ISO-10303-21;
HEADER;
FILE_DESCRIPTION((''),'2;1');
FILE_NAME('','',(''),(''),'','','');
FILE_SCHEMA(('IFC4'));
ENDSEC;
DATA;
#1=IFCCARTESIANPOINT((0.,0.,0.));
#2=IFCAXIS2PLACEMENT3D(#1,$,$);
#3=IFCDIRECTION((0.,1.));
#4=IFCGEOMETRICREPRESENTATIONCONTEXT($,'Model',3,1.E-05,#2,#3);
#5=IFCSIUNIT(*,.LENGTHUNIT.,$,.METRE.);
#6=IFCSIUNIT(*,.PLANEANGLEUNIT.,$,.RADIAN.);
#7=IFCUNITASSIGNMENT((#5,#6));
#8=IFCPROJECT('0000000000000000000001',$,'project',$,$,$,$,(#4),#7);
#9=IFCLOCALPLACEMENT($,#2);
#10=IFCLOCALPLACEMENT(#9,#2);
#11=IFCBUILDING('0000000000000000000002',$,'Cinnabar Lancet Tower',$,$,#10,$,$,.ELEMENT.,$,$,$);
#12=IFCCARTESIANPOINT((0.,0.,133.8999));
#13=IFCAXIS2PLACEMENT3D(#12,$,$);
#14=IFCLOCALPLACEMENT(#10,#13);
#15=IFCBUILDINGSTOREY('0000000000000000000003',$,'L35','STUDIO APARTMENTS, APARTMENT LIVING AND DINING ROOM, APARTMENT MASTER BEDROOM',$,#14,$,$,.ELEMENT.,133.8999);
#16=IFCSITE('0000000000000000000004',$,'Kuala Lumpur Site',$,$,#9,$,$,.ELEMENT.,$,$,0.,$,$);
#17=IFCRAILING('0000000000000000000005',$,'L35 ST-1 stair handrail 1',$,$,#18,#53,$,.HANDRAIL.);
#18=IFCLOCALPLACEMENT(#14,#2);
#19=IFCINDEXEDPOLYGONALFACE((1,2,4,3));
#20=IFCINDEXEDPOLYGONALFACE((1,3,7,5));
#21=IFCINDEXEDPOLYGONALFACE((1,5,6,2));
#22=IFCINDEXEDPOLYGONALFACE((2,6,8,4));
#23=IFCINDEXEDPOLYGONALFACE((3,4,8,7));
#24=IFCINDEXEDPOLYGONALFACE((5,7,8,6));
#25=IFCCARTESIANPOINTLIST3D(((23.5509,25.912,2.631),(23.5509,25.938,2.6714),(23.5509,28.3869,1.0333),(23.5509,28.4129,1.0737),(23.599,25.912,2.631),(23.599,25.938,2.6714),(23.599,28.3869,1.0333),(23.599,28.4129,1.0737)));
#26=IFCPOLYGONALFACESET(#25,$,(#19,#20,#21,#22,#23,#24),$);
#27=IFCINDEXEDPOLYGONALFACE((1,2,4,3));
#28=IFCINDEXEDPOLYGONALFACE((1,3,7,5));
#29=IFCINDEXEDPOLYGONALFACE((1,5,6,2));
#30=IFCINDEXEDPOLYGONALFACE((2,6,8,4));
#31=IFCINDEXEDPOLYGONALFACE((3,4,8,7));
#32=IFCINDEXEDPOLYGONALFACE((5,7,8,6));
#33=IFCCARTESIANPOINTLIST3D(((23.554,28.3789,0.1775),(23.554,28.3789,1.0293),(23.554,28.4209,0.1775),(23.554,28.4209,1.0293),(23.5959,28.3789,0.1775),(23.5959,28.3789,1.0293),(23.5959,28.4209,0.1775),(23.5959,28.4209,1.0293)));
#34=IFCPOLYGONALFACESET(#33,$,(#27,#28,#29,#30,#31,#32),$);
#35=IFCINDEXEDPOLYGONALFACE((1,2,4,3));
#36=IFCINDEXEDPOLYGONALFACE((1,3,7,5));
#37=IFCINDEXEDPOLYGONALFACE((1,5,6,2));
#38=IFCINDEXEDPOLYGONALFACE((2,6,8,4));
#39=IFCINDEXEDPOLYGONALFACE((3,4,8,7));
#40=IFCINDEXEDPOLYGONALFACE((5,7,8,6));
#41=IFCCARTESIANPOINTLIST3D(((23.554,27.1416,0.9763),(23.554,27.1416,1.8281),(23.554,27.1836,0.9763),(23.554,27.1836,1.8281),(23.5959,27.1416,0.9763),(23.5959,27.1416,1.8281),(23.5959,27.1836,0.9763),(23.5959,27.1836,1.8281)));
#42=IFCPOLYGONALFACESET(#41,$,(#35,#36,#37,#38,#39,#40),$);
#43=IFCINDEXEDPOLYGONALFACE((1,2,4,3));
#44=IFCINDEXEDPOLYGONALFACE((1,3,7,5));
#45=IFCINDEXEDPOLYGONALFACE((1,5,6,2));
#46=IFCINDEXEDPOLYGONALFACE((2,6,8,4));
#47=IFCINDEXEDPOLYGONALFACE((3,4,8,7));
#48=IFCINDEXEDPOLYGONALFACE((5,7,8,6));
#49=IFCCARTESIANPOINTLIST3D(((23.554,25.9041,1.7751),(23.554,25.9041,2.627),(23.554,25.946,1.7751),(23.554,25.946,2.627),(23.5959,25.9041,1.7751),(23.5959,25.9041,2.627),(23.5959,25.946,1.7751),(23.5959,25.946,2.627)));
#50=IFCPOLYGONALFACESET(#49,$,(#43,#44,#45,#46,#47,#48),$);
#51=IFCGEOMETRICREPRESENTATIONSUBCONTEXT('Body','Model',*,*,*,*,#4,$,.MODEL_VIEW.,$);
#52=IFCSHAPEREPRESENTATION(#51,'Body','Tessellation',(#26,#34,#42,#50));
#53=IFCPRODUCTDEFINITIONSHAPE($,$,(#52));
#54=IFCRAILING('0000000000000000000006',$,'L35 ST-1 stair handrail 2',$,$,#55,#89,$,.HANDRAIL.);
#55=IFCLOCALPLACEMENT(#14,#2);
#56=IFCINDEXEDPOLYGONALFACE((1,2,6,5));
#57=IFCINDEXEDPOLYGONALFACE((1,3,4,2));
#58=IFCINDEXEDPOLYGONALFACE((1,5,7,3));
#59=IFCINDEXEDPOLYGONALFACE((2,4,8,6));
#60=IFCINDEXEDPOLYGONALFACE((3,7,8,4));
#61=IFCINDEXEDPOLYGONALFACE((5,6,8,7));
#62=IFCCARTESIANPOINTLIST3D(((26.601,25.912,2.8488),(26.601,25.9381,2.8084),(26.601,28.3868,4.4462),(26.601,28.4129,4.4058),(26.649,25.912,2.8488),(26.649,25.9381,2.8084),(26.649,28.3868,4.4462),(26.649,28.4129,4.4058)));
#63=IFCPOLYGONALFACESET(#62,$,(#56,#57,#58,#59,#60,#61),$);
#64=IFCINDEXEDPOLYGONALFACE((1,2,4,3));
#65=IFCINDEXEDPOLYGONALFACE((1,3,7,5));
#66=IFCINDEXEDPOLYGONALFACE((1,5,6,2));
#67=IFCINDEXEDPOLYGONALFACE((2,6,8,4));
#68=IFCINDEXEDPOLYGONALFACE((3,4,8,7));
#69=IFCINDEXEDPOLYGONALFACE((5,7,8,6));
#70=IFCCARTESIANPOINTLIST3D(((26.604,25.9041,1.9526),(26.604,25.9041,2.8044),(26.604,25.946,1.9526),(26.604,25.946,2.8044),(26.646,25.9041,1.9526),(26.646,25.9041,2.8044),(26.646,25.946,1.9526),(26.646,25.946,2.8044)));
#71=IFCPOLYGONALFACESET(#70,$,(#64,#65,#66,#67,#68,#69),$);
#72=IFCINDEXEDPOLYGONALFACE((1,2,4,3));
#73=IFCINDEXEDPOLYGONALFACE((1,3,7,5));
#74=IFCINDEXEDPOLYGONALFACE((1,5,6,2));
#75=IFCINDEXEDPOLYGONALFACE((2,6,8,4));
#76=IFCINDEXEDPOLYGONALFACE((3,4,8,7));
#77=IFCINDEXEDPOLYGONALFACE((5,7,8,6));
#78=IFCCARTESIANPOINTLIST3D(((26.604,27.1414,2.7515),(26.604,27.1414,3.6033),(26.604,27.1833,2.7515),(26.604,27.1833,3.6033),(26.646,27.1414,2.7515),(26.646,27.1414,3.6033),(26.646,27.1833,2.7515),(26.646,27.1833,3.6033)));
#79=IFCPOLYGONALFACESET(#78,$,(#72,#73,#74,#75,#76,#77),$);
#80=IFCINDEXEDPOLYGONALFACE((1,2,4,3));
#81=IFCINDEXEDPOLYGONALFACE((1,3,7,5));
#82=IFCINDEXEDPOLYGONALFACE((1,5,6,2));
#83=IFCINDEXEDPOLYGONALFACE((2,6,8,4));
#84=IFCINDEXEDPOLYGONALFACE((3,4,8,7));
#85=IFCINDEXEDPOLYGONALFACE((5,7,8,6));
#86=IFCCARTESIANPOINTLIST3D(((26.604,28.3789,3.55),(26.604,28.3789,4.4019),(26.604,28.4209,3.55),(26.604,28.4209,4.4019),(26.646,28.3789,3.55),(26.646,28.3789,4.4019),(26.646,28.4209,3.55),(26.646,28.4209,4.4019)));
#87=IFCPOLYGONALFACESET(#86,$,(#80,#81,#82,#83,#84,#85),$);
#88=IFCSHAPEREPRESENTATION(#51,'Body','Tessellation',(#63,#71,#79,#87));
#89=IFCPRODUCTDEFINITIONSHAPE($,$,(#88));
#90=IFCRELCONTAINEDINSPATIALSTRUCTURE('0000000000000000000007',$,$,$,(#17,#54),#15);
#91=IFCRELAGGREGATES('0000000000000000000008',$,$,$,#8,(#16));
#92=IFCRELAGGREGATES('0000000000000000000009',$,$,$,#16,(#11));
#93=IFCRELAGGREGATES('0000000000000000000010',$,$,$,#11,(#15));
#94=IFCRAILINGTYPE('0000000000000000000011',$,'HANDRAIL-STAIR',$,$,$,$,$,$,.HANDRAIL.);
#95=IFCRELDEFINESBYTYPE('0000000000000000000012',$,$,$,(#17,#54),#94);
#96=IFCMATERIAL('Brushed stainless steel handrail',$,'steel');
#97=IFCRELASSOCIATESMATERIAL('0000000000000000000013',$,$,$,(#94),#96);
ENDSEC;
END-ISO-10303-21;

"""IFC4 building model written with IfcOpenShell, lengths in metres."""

from ifc_helpers import new_model, si_unit, direction, frame, origin, origin_2d, place, context, subcontext, project, spatial, rectangle, extrude, material, type_object, element, save


model = new_model("IFC4")

# Units and contexts
model_context = context("Model", 3, precision=1e-05, world=origin(), true_north=direction((0.0, 1.0)))
body_context = subcontext(model_context, "Body", "Model", "MODEL_VIEW")
ifc_project = project(units=[si_unit("LENGTHUNIT", "METRE"), si_unit("PLANEANGLEUNIT", "RADIAN")], contexts=[model_context])

# Site, building, storey
site_placement = place(None, origin())
site = spatial("IfcSite", under=ifc_project, at=site_placement, Name="Kuala Lumpur Site", CompositionType="ELEMENT", RefElevation=0.0)
building_placement = place(site_placement, origin())
building = spatial("IfcBuilding", under=site, at=building_placement, Name="Cinnabar Lancet Tower", CompositionType="ELEMENT")
storey_placement = place(building_placement, frame((0.0, 0.0, 133.8999)))
storey = spatial("IfcBuildingStorey", under=building, at=storey_placement, Name="L35", Description="STUDIO APARTMENTS, APARTMENT LIVING AND DINING ROOM, APARTMENT MASTER BEDROOM", CompositionType="ELEMENT", Elevation=133.8999)

# Railings
ifc_material_1 = material(Name="Brushed stainless steel handrail", Category="steel")
railing_type_1 = type_object("IfcRailingType", Name="HANDRAIL-STAIR", PredefinedType="HANDRAIL", material=ifc_material_1)
railing_1_placement = place(storey_placement, frame((23.575, 28.3999, 0.1775)))
element("IfcRailing", 1, at=railing_1_placement, inside=storey, type_object=railing_type_1, Name="L35 ST-1 stair handrail 1", PredefinedType="HANDRAIL", context=body_context, shape_type="SweptSolid", body=[
    extrude(rectangle(XDim=0.0481, YDim=0.0481, at=origin_2d()), frame((0.0, 0.0, 0.876), z_axis=(0.0, -0.840146, 0.542361), x_axis=(1.0, 0.0, 0.0)), (0.0, 0.0, 1.0), 2.9458),
    extrude(rectangle(XDim=0.042, YDim=0.042, at=origin_2d()), origin(), (0.0, 0.0, 1.0), 0.8518),
    extrude(rectangle(XDim=0.042, YDim=0.042, at=origin_2d()), frame((0.0, -1.2373, 0.7988)), (0.0, 0.0, 1.0), 0.8518),
    extrude(rectangle(XDim=0.042, YDim=0.042, at=origin_2d()), frame((0.0, -2.4749, 1.5977)), (0.0, 0.0, 1.0), 0.8518),
])
railing_2_placement = place(storey_placement, frame((26.625, 25.925, 1.9526)))
element("IfcRailing", 2, at=railing_2_placement, inside=storey, type_object=railing_type_1, Name="L35 ST-1 stair handrail 2", PredefinedType="HANDRAIL", context=body_context, shape_type="SweptSolid", body=[
    extrude(rectangle(XDim=0.0481, YDim=0.0481, at=origin_2d()), frame((0.0, 0.0, 0.876), z_axis=(0.0, 0.840183, 0.542302), x_axis=(-1.0, 0.0, 0.0)), (0.0, 0.0, 1.0), 2.9456),
    extrude(rectangle(XDim=0.042, YDim=0.042, at=origin_2d()), origin(), (0.0, 0.0, 1.0), 0.8518),
    extrude(rectangle(XDim=0.042, YDim=0.042, at=origin_2d()), frame((0.0, 1.2373, 0.7988)), (0.0, 0.0, 1.0), 0.8518),
    extrude(rectangle(XDim=0.042, YDim=0.042, at=origin_2d()), frame((0.0, 2.4749, 1.5974)), (0.0, 0.0, 1.0), 0.8518),
])

save(model, "model.ifc")
